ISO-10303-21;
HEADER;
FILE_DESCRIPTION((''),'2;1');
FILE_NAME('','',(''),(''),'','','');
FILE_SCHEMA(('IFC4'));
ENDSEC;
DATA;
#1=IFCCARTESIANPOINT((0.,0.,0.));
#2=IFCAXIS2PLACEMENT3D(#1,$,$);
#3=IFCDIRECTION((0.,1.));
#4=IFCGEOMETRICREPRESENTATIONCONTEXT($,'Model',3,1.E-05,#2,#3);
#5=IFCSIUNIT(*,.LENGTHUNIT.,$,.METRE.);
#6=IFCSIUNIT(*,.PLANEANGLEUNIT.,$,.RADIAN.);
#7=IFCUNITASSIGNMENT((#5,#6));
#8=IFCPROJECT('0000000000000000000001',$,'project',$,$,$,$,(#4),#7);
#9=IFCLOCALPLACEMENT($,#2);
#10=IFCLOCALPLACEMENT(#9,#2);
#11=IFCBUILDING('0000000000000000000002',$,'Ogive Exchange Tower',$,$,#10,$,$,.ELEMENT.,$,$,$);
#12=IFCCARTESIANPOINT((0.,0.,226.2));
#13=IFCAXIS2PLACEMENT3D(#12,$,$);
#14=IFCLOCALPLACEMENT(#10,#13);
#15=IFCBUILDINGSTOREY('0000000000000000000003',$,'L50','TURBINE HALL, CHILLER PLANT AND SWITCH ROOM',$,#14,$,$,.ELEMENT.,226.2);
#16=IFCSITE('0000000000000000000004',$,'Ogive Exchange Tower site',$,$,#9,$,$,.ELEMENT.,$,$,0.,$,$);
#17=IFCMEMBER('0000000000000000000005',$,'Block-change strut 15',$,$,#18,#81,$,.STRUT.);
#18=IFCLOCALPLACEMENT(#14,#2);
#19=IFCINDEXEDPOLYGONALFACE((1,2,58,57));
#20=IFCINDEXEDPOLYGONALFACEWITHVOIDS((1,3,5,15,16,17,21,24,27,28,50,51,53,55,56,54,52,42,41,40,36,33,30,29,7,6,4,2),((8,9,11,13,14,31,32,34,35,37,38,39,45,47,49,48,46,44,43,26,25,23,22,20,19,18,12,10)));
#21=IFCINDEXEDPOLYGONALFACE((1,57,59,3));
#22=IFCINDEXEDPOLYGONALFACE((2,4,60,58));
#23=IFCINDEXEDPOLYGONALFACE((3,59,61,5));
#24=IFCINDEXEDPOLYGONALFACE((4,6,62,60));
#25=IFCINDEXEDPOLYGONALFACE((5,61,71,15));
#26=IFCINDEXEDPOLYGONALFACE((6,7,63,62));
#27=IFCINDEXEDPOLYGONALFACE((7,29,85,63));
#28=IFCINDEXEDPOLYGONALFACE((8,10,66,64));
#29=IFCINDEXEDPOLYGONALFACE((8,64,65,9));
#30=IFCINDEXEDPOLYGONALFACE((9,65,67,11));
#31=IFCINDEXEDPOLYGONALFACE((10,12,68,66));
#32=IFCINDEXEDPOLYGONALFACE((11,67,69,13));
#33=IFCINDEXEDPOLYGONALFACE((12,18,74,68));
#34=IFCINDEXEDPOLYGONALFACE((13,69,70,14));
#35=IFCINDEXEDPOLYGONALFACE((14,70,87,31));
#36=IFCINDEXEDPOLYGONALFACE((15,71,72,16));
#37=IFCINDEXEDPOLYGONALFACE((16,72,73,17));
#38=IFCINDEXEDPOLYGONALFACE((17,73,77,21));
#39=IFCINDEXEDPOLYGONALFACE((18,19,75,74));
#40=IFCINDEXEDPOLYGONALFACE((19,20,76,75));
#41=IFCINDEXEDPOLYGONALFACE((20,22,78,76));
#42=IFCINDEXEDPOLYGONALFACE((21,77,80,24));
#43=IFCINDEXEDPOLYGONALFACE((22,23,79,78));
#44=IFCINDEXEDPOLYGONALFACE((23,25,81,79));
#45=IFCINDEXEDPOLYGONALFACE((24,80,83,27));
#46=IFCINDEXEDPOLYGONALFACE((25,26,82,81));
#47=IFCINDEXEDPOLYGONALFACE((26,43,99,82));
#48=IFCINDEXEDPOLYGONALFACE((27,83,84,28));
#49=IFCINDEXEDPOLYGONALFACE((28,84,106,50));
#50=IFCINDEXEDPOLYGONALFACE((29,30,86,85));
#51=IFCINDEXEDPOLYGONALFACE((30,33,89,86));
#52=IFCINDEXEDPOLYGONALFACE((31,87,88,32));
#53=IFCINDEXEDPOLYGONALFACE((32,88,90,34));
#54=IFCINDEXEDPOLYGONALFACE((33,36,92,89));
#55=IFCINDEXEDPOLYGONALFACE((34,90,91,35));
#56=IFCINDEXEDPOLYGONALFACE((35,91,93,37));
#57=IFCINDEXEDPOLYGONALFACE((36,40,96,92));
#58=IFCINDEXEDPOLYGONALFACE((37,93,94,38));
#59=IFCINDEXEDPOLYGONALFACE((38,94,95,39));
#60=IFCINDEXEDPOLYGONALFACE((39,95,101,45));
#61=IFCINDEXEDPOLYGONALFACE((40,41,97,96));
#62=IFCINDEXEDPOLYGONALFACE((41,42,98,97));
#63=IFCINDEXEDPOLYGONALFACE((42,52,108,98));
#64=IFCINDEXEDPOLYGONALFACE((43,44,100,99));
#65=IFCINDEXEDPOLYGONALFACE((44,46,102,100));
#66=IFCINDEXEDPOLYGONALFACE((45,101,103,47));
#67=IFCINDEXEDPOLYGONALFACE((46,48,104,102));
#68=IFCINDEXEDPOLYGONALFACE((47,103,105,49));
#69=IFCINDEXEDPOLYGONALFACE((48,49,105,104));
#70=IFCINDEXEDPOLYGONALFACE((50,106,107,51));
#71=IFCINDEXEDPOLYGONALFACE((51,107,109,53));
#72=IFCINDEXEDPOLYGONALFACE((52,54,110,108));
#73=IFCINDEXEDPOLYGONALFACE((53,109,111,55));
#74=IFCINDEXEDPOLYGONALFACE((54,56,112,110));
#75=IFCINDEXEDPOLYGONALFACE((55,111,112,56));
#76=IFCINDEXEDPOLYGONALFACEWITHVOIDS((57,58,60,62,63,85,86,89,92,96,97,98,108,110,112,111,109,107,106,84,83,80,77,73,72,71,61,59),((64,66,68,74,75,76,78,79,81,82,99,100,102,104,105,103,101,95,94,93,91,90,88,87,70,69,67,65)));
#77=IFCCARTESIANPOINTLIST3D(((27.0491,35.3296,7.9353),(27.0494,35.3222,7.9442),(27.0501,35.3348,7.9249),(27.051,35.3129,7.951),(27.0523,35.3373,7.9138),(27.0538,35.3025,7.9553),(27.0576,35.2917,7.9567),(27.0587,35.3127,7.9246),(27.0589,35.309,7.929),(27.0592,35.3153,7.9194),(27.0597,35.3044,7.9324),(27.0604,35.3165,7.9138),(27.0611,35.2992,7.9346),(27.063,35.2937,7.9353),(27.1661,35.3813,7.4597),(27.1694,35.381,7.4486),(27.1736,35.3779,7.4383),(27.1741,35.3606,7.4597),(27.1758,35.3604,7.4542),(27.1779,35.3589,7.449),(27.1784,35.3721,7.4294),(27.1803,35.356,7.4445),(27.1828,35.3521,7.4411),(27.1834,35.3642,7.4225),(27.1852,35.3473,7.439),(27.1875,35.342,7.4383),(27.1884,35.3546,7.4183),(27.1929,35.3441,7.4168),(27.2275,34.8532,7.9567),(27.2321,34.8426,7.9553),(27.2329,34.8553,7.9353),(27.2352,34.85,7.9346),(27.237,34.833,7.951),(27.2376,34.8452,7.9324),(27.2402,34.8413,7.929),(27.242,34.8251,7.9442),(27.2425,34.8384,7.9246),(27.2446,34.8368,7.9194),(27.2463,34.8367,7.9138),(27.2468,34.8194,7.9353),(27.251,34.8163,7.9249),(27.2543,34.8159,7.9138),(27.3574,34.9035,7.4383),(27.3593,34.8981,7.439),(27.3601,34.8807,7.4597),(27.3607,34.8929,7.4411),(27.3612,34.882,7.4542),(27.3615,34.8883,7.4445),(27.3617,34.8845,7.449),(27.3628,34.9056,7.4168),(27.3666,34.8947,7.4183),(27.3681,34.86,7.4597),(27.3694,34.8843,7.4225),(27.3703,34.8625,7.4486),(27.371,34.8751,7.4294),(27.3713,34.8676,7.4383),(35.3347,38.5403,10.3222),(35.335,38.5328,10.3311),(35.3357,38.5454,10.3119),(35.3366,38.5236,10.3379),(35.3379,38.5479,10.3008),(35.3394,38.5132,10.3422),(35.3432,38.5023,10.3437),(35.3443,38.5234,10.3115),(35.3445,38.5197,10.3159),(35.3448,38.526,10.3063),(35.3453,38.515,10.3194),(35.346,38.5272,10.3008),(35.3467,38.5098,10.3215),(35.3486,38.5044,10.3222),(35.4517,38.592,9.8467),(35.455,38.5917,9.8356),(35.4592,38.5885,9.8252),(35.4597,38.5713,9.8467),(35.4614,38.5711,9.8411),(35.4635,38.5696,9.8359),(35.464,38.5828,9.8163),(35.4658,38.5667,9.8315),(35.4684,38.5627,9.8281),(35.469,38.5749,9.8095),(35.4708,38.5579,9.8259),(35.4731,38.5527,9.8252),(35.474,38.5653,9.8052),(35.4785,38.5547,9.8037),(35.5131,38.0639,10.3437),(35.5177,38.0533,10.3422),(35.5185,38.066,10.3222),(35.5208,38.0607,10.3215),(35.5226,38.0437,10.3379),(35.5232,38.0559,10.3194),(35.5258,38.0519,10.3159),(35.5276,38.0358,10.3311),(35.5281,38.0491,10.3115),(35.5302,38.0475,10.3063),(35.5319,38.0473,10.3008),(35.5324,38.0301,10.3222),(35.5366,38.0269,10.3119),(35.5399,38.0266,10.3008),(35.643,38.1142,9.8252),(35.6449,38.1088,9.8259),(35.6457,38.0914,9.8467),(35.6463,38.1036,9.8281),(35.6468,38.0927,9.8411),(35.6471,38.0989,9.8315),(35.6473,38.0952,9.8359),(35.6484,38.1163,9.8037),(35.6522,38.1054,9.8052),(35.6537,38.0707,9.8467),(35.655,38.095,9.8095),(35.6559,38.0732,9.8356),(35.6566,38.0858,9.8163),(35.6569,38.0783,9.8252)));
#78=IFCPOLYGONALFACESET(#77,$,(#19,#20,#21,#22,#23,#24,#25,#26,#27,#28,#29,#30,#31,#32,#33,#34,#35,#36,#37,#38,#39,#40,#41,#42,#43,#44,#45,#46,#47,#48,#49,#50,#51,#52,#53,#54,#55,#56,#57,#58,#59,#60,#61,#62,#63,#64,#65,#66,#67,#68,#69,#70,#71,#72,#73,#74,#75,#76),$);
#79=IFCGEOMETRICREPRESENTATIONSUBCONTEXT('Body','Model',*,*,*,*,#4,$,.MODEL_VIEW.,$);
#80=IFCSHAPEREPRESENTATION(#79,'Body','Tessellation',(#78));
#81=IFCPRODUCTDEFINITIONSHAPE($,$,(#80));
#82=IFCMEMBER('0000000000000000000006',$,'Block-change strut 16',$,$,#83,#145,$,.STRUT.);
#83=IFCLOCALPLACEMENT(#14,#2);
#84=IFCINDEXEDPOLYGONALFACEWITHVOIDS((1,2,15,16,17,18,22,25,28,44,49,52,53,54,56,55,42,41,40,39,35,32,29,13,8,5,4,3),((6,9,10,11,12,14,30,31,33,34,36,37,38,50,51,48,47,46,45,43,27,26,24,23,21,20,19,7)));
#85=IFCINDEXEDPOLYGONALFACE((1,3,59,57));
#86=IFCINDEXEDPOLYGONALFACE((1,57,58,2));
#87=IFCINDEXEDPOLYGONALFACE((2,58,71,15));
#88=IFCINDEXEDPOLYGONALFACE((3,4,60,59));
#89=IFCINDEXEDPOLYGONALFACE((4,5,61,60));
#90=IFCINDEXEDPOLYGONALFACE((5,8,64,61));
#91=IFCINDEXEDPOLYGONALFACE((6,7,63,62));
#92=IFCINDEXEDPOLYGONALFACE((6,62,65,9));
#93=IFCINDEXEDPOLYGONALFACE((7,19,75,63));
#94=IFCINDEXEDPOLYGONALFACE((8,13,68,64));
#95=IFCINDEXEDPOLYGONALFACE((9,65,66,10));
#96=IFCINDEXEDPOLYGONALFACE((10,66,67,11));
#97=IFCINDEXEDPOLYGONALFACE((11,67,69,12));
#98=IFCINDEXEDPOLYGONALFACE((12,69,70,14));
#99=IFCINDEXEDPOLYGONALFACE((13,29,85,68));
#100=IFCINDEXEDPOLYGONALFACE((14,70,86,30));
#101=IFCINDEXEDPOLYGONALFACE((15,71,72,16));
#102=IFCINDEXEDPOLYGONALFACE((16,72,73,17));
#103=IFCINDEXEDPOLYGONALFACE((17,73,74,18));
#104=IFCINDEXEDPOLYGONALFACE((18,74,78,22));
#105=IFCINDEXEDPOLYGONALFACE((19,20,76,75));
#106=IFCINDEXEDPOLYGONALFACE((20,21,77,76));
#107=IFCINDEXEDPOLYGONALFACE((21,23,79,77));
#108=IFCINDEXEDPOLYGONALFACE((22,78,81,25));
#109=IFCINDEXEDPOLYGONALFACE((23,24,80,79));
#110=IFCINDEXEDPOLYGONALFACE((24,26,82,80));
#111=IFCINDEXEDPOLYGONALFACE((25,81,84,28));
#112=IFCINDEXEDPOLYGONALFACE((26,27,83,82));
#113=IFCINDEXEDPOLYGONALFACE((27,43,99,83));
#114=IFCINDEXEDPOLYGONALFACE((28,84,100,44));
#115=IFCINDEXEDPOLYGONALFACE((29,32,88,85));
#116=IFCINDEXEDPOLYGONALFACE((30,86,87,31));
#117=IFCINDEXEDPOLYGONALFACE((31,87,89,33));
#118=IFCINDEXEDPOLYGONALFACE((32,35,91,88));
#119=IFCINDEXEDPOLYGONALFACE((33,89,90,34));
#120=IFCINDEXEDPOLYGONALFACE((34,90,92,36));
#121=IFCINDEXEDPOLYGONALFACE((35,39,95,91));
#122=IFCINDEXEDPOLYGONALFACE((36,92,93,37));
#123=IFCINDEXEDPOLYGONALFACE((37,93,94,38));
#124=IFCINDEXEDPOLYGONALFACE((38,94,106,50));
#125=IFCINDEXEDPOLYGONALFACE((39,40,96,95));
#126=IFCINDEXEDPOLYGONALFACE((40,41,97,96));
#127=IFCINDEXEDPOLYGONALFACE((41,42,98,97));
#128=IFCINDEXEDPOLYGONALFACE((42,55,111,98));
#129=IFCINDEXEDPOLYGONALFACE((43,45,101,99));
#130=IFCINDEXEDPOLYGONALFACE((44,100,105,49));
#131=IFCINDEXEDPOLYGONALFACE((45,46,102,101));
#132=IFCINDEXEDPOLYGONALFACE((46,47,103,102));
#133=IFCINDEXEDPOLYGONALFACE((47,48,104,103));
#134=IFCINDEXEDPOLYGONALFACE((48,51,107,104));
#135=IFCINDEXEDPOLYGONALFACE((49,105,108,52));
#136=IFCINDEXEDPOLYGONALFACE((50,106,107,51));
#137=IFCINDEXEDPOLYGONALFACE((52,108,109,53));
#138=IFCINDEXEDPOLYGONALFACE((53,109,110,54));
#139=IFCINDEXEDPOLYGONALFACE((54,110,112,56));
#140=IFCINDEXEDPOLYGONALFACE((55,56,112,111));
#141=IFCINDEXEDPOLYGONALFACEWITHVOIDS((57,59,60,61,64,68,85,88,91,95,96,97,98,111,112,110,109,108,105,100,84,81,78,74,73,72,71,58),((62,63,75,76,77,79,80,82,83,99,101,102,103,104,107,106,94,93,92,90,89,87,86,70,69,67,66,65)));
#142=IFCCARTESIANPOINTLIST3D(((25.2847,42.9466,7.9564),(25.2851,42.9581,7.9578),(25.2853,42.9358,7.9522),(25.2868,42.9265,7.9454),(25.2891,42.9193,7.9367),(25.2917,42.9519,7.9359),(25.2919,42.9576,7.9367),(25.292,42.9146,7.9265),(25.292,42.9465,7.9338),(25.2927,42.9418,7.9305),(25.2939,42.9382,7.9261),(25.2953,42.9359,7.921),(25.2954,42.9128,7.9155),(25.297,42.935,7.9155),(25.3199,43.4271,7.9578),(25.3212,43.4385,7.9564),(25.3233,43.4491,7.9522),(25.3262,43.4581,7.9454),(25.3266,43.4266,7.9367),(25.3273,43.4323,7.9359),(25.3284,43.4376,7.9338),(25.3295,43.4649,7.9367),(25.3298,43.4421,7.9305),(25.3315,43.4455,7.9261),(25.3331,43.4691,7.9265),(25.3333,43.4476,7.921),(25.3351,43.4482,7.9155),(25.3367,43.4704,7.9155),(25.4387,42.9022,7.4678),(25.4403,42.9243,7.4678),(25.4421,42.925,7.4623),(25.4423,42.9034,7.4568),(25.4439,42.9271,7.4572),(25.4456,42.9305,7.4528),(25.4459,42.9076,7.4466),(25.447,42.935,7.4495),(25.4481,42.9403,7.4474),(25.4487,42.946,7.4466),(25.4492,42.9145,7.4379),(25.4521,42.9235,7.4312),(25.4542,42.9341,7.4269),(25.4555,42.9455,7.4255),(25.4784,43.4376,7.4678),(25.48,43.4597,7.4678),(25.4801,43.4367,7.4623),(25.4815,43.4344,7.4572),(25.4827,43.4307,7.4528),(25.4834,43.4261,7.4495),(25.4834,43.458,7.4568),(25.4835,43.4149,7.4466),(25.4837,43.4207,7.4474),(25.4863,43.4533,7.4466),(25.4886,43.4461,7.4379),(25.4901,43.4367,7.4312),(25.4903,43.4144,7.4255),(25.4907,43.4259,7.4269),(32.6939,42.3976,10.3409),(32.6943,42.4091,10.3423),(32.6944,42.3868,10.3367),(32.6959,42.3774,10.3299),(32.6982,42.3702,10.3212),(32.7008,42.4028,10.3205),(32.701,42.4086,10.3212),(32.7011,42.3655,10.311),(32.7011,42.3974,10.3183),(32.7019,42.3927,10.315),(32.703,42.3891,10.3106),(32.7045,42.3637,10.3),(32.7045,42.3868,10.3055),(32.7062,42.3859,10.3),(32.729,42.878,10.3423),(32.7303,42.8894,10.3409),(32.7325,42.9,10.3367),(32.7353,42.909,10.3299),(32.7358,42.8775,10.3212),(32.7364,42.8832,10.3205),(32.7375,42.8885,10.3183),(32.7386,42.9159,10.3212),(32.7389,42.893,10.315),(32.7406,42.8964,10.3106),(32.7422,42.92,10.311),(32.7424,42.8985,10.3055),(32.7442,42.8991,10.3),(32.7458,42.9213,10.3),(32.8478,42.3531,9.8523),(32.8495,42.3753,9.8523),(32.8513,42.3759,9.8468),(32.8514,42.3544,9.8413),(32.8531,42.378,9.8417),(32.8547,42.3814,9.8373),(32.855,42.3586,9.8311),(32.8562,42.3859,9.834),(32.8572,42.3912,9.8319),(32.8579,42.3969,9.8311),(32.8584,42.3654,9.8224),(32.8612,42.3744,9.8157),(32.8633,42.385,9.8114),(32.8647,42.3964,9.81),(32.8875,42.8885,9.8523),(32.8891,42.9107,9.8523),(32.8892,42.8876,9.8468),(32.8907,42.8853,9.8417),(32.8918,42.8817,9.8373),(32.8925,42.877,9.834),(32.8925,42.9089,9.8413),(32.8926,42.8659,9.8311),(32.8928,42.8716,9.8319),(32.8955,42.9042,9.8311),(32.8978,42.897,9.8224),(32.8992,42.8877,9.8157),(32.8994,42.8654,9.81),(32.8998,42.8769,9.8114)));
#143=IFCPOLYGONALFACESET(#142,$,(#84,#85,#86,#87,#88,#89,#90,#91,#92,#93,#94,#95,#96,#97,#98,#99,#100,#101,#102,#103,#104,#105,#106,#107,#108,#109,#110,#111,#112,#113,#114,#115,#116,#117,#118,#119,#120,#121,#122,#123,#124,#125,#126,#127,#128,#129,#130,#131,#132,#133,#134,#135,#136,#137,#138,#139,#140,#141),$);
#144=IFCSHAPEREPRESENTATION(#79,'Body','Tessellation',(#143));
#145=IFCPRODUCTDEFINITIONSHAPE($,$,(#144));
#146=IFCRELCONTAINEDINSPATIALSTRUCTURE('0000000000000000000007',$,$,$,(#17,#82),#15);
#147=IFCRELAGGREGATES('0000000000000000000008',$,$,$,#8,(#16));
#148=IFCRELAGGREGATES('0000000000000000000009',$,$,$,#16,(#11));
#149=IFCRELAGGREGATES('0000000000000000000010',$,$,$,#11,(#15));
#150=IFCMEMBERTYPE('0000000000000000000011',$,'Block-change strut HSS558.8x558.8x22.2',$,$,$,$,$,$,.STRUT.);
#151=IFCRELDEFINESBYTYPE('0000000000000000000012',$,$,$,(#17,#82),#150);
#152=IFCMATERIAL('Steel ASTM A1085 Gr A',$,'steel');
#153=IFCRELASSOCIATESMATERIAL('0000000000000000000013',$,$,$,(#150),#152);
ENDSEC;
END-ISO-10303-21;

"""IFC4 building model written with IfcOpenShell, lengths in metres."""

from ifc_helpers import new_model, si_unit, direction, frame, origin, origin_2d, place, context, subcontext, project, spatial, hollow_rectangle, extrude, material, material_profile, profile_set, type_object, element, save


model = new_model("IFC4")

# Units and contexts
model_context = context("Model", 3, precision=1e-05, world=origin(), true_north=direction((0.0, 1.0)))
body_context = subcontext(model_context, "Body", "Model", "MODEL_VIEW")
ifc_project = project(units=[si_unit("LENGTHUNIT", "METRE"), si_unit("PLANEANGLEUNIT", "RADIAN")], contexts=[model_context])

# Site, building, storey
site_placement = place(None, origin())
site = spatial("IfcSite", under=ifc_project, at=site_placement, Name="Ogive Exchange Tower site", CompositionType="ELEMENT", RefElevation=0.0)
building_placement = place(site_placement, origin())
building = spatial("IfcBuilding", under=site, at=building_placement, Name="Ogive Exchange Tower", CompositionType="ELEMENT")
storey_placement = place(building_placement, frame((0.0, 0.0, 226.2)))
storey = spatial("IfcBuildingStorey", under=building, at=storey_placement, Name="L50", Description="TURBINE HALL, CHILLER PLANT AND SWITCH ROOM", CompositionType="ELEMENT", Elevation=226.2)

# Members
ifc_material_1 = material(Name="Steel ASTM A1085 Gr A", Category="steel")
ifc_material_profile_1 = material_profile(ifc_material_1, hollow_rectangle(XDim=0.5591, YDim=0.5591, WallThickness=0.0222, InnerFilletRadius=0.0222, OuterFilletRadius=0.0444, at=origin_2d()), Name="HSS558.8x558.8x22.2")
ifc_profile_set_1 = profile_set([ifc_material_profile_1], Name="Steel ASTM A1085 Gr A")
member_type_1 = type_object("IfcMemberType", Name="Block-change strut HSS558.8x558.8x22.2", PredefinedType="STRUT", material=ifc_profile_set_1)
member_1_placement = place(storey_placement, frame((27.2102, 35.0986, 7.6868), z_axis=(0.900518, 0.348951, 0.259425), x_axis=(-0.361322, 0.932441, 0.0)))
element("IfcMember", 1, at=member_1_placement, inside=storey, type_object=member_type_1, Name="Block-change strut 15", PredefinedType="STRUT", context=body_context, shape_type="SweptSolid", body=[
    extrude(hollow_rectangle(XDim=0.5591, YDim=0.5591, WallThickness=0.0222, InnerFilletRadius=0.0222, OuterFilletRadius=0.0444, at=origin_2d()), origin(), (0.0, 0.0, 1.0), 9.2009),
])
member_2_placement = place(storey_placement, frame((25.3877, 43.1863, 7.6917), z_axis=(0.949556, -0.070369, 0.305599), x_axis=(0.073904, 0.997265, 0.0)))
element("IfcMember", 2, at=member_2_placement, inside=storey, type_object=member_type_1, Name="Block-change strut 16", PredefinedType="STRUT", context=body_context, shape_type="SweptSolid", body=[
    extrude(hollow_rectangle(XDim=0.5591, YDim=0.5591, WallThickness=0.0222, InnerFilletRadius=0.0222, OuterFilletRadius=0.0444, at=origin_2d()), origin(), (0.0, 0.0, 1.0), 7.8027),
])

save(model, "model.ifc")
